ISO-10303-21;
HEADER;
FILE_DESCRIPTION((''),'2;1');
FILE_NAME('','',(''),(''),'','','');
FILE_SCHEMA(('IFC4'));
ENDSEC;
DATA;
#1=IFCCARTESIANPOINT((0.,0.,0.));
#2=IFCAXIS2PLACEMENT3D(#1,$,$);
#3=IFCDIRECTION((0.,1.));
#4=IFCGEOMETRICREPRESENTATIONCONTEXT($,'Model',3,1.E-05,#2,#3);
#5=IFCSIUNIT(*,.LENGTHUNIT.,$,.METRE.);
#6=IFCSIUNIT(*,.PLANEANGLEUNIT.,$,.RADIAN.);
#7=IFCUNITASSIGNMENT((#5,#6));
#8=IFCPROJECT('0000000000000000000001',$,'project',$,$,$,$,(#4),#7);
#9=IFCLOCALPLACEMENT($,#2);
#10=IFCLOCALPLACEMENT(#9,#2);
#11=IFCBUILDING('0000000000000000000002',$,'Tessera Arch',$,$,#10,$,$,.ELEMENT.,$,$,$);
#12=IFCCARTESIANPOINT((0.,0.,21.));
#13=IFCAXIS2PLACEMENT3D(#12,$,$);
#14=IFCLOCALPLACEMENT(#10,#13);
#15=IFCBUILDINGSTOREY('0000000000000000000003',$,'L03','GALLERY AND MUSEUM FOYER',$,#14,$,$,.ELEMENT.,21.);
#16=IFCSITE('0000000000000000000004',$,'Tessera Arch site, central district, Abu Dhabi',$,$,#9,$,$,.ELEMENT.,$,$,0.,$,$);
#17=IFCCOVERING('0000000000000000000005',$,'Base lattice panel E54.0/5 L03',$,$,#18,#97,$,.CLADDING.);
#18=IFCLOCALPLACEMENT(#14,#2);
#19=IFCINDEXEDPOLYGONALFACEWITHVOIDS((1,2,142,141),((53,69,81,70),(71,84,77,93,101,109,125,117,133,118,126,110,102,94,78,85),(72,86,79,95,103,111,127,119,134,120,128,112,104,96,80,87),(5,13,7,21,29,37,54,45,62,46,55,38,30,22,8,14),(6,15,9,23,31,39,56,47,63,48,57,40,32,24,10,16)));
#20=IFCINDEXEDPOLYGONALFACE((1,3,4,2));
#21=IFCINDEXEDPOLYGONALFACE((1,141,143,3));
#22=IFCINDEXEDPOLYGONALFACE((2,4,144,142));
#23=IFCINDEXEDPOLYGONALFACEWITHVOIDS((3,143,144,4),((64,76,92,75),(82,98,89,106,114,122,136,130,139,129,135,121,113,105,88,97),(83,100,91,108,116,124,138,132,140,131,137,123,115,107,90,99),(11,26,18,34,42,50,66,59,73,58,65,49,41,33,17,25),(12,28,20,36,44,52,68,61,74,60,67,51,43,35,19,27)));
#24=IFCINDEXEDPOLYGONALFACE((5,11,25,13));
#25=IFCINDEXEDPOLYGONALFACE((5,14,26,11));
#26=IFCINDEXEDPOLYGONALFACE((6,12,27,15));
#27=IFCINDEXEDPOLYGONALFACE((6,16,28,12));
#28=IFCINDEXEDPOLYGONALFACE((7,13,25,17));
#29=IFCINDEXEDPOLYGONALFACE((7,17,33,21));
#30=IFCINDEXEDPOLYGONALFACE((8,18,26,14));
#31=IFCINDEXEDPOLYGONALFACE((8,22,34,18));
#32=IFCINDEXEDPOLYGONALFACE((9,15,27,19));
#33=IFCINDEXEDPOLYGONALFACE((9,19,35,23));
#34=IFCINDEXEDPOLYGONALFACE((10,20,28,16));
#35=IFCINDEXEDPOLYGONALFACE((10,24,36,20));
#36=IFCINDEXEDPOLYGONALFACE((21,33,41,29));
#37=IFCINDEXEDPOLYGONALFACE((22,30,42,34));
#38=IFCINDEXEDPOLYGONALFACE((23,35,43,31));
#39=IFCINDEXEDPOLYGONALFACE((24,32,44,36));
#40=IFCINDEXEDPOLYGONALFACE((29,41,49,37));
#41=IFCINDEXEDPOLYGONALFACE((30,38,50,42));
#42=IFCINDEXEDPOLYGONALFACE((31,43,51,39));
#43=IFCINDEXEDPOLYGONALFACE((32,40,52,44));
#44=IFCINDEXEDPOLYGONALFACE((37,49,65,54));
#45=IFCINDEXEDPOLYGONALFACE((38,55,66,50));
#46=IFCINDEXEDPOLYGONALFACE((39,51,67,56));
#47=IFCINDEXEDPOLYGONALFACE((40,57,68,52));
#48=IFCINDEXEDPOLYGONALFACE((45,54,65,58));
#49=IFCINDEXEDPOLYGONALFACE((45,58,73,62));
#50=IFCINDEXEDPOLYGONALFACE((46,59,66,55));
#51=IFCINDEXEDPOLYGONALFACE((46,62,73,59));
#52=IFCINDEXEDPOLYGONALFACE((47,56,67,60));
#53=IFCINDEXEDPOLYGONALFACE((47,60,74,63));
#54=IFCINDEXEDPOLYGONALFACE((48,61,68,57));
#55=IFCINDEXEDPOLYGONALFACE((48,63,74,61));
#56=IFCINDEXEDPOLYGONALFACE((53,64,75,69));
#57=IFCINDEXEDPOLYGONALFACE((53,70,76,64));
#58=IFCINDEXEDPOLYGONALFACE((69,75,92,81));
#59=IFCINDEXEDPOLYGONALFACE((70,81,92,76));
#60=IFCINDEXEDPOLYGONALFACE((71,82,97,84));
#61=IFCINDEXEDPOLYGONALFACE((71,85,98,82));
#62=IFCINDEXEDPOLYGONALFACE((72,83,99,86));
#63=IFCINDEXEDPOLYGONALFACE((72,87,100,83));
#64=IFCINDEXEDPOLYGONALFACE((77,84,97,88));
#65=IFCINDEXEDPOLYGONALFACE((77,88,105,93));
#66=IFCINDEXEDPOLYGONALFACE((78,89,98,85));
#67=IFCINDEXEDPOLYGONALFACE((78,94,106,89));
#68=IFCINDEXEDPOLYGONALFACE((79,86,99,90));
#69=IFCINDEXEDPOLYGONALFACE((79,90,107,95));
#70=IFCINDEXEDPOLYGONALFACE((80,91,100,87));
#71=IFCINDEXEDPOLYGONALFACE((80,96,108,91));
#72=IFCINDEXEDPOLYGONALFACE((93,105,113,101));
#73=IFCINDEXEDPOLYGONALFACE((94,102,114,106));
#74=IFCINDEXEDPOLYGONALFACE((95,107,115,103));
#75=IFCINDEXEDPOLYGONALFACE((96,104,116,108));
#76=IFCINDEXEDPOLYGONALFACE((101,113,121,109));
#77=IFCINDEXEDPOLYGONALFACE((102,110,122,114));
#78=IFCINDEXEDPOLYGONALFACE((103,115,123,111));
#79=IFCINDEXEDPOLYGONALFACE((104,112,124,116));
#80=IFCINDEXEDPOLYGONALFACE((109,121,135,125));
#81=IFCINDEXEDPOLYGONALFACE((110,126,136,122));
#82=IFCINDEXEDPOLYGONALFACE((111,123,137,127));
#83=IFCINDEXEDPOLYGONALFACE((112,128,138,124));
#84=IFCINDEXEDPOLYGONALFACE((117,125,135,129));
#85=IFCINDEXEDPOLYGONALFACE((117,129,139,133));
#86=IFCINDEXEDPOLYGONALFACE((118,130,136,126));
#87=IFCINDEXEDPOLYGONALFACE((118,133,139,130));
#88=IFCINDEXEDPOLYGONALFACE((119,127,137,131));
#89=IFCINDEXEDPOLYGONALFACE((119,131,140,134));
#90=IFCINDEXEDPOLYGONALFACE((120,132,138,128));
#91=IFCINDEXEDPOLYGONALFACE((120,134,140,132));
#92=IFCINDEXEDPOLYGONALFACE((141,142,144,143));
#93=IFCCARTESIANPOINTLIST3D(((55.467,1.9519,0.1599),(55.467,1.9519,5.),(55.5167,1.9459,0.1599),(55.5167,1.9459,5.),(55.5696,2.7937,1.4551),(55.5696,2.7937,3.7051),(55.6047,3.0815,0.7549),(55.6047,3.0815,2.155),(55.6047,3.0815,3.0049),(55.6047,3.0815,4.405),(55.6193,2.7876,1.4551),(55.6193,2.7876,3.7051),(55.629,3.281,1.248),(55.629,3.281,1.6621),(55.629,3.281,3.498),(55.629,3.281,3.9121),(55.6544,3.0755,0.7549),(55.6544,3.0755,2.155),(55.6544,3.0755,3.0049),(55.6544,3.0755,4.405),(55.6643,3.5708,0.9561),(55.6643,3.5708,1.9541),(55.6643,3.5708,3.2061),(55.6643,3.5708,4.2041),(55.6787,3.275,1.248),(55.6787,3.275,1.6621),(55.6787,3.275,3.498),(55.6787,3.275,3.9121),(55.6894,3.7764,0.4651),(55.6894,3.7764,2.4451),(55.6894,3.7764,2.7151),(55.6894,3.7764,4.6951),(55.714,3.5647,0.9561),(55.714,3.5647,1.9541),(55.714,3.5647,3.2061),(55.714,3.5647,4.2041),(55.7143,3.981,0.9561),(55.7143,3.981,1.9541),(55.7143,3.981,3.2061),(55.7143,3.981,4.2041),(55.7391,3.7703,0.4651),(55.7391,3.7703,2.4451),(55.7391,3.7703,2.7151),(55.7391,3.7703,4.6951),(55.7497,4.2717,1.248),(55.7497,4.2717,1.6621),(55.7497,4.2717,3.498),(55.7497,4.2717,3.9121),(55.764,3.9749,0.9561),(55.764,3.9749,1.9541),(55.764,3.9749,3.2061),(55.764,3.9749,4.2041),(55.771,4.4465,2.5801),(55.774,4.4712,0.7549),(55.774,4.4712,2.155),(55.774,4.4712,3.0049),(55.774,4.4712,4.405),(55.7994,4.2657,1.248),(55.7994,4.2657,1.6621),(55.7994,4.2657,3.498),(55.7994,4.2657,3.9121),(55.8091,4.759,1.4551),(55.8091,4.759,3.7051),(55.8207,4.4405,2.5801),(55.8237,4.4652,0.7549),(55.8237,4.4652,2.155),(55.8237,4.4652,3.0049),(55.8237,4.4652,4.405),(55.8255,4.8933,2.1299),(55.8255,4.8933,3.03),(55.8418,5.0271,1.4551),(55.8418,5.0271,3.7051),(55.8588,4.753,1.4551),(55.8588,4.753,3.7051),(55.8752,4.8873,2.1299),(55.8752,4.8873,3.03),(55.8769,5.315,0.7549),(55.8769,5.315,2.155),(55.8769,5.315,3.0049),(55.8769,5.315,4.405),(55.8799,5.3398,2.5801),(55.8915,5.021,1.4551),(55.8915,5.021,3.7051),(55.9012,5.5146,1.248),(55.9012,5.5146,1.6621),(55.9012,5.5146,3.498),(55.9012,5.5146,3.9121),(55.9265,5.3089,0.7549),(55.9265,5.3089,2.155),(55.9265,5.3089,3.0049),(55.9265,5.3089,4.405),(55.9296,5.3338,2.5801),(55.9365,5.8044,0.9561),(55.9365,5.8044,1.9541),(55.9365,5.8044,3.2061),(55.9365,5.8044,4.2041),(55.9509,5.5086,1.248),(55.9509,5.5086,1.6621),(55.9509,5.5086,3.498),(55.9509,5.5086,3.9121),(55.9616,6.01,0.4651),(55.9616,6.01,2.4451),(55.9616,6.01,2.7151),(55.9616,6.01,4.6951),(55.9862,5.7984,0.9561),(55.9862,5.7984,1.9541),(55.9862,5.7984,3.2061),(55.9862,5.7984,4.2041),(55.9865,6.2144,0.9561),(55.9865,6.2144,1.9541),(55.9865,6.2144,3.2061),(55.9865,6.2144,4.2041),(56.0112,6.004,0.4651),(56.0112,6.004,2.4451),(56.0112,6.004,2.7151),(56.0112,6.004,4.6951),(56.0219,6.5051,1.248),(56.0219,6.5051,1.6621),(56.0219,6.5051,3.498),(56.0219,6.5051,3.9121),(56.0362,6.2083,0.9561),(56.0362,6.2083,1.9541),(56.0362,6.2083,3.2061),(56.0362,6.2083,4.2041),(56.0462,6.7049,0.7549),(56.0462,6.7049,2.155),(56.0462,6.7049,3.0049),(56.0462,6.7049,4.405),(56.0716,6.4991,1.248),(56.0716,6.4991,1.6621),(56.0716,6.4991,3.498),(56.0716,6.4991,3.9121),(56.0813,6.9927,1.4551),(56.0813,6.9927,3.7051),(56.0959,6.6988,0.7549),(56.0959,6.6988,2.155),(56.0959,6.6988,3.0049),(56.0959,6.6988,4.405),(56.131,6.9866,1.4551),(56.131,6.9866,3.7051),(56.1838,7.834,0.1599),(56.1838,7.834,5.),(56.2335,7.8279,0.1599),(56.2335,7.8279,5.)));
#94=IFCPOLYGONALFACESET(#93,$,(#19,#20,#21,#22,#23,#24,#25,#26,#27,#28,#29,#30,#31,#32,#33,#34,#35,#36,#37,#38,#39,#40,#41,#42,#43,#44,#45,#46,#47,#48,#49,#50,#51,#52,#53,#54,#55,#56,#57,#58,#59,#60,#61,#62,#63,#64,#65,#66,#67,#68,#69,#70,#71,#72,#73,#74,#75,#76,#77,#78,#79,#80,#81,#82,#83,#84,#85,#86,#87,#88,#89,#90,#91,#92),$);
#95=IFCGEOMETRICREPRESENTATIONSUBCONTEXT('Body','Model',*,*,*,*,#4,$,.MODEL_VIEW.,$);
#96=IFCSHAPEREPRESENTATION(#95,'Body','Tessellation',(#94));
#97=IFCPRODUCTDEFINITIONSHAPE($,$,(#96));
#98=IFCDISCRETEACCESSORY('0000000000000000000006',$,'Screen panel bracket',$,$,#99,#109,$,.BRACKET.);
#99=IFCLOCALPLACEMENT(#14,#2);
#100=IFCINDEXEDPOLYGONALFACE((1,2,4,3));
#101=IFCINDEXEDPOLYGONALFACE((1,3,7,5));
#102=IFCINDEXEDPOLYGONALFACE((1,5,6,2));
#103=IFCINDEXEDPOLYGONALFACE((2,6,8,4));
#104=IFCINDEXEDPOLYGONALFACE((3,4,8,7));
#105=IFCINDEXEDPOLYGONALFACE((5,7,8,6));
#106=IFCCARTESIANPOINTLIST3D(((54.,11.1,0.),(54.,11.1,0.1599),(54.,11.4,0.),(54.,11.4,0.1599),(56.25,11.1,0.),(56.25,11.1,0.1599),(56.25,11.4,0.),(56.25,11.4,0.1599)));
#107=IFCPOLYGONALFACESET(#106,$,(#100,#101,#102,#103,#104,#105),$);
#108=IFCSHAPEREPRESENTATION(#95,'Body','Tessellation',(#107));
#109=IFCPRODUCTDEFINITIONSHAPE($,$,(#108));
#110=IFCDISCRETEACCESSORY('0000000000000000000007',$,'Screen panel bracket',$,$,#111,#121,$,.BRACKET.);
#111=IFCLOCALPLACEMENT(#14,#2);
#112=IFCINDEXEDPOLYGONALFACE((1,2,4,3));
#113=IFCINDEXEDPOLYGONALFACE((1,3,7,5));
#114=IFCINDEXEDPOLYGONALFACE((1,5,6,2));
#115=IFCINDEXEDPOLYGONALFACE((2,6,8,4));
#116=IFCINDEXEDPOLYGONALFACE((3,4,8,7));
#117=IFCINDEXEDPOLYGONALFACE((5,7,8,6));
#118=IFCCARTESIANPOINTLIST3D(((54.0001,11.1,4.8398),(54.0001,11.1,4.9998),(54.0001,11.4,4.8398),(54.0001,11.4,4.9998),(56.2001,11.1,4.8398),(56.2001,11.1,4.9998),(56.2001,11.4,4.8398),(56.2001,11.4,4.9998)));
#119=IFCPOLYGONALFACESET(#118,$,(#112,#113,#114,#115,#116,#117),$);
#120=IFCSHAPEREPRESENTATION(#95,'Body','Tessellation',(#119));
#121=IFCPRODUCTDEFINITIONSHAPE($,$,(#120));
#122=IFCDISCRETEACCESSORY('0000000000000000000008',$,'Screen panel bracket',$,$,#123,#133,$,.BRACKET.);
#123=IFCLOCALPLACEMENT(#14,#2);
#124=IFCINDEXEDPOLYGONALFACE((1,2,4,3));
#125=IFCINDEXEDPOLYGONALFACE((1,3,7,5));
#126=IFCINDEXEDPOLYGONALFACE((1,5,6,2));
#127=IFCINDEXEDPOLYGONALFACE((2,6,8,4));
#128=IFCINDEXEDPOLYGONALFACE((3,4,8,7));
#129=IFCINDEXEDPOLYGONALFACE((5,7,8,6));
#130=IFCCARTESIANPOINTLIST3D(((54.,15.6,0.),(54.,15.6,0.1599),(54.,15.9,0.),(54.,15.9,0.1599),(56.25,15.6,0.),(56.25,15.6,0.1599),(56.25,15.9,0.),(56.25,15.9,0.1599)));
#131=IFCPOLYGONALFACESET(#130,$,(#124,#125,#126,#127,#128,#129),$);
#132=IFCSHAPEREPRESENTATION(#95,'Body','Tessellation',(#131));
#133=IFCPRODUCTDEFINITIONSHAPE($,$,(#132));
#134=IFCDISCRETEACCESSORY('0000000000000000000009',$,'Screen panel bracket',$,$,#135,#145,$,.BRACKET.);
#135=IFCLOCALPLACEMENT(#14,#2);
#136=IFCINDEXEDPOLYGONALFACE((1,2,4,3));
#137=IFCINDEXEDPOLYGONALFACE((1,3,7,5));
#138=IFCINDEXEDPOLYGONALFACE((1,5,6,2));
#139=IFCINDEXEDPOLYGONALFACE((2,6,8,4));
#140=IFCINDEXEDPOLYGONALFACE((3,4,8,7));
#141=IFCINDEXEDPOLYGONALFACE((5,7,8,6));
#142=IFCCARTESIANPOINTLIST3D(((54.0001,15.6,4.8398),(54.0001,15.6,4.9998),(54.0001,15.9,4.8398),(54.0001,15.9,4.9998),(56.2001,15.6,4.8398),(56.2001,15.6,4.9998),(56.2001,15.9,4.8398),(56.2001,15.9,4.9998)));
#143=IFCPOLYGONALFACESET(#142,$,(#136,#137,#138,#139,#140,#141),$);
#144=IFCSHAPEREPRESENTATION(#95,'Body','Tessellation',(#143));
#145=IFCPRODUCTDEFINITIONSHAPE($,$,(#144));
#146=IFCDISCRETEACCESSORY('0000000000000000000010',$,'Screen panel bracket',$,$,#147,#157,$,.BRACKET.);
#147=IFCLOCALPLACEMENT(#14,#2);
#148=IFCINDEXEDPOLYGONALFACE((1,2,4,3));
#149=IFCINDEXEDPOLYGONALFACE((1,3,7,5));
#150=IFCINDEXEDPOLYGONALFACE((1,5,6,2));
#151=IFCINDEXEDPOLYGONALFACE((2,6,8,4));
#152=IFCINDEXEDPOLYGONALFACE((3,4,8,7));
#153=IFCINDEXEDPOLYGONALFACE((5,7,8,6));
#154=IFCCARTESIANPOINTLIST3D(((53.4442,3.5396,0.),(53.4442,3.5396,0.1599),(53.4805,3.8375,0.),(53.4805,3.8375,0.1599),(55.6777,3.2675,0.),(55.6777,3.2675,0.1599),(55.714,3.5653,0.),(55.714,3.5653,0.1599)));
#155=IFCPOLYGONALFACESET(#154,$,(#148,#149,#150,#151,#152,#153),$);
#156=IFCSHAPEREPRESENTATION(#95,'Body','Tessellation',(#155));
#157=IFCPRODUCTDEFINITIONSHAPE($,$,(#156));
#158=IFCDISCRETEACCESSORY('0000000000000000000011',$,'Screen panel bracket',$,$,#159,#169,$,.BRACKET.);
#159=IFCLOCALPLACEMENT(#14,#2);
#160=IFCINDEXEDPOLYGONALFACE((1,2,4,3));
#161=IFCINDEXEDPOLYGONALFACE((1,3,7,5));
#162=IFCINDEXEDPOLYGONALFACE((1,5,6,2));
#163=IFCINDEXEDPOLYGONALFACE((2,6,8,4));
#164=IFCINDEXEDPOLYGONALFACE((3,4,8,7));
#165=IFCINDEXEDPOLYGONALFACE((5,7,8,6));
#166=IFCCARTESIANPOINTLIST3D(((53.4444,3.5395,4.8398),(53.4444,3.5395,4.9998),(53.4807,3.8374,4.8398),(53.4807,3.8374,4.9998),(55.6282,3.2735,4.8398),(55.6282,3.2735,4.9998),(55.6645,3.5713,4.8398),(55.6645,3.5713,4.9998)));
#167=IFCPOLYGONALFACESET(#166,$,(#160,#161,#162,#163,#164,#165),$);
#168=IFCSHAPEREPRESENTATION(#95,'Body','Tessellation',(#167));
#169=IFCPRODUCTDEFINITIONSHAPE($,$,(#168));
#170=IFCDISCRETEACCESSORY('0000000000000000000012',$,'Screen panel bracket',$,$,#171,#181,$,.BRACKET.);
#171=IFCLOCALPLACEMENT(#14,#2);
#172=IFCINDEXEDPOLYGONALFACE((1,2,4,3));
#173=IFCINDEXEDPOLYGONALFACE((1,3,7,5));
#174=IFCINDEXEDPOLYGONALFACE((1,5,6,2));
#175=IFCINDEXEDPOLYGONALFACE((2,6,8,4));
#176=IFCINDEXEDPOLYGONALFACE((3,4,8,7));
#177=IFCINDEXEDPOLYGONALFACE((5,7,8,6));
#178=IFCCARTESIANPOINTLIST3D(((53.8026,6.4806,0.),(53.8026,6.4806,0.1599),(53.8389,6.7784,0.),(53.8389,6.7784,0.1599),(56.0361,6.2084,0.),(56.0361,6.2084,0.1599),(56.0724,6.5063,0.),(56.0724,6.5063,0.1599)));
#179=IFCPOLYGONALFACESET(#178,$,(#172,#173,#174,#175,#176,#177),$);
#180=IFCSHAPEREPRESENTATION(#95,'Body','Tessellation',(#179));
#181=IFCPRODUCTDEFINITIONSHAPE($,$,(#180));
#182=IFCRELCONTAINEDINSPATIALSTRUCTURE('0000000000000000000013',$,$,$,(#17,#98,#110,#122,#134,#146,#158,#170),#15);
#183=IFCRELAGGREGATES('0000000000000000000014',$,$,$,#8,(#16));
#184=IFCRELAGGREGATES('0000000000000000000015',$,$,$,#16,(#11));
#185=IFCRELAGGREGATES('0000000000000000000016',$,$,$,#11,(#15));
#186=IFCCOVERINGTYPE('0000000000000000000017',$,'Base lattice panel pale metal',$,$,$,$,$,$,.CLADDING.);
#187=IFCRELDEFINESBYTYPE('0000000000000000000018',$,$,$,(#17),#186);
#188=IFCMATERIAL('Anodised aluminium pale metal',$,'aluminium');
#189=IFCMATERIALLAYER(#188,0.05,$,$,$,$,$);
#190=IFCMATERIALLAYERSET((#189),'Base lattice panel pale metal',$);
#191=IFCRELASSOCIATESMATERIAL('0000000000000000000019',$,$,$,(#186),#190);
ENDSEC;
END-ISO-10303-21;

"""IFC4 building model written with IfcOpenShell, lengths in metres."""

from ifc_helpers import new_model, si_unit, direction, frame, origin, origin_2d, place, context, subcontext, project, spatial, polyline, rectangle, outline, extrude, material, layer, layer_set, type_object, element, save


model = new_model("IFC4")

# Units and contexts
model_context = context("Model", 3, precision=1e-05, world=origin(), true_north=direction((0.0, 1.0)))
body_context = subcontext(model_context, "Body", "Model", "MODEL_VIEW")
ifc_project = project(units=[si_unit("LENGTHUNIT", "METRE"), si_unit("PLANEANGLEUNIT", "RADIAN")], contexts=[model_context])

# Site, building, storey
site_placement = place(None, origin())
site = spatial("IfcSite", under=ifc_project, at=site_placement, Name="Tessera Arch site, central district, Abu Dhabi", CompositionType="ELEMENT", RefElevation=0.0)
building_placement = place(site_placement, origin())
building = spatial("IfcBuilding", under=site, at=building_placement, Name="Tessera Arch", CompositionType="ELEMENT")
storey_placement = place(building_placement, frame((0.0, 0.0, 21.0)))
storey = spatial("IfcBuildingStorey", under=building, at=storey_placement, Name="L03", Description="GALLERY AND MUSEUM FOYER", CompositionType="ELEMENT", Elevation=21.0)

# Covering
ifc_material_1 = material(Name="Anodised aluminium pale metal", Category="aluminium")
ifc_layer_1 = layer(ifc_material_1, 0.05)
ifc_layer_set_1 = layer_set([ifc_layer_1], Name="Base lattice panel pale metal")
covering_type = type_object("IfcCoveringType", Name="Base lattice panel pale metal", PredefinedType="CLADDING", material=ifc_layer_set_1)
covering_1_placement = place(storey_placement, frame((55.467, 1.9519, 5.0), z_axis=(-0.992657, 0.120966, 0.0), x_axis=(0.120966, 0.992657, 0.0)))
element("IfcCovering", 1, at=covering_1_placement, inside=storey, type_object=covering_type, Name="Base lattice panel E54.0/5 L03", PredefinedType="CLADDING", context=body_context, shape_type="SweptSolid", body=[
    extrude(outline(polyline([(0.0, 0.0), (5.9256, 0.0), (5.9256, 4.8401), (0.0, 4.8401), (0.0, 0.0)]), holes=[polyline([(2.8279, 3.5449), (2.337, 3.3379), (2.5379, 2.845), (2.0441, 3.0459), (1.838, 2.5549), (1.6309, 3.0459), (1.138, 2.845), (1.339, 3.3379), (0.848, 3.5449), (1.339, 3.752), (1.138, 4.2451), (1.6309, 4.0439), (1.838, 4.5349), (2.0441, 4.0439), (2.5379, 4.2451), (2.337, 3.752), (2.8279, 3.5449)]), polyline([(2.8279, 1.2949), (2.337, 1.0879), (2.5379, 0.595), (2.0441, 0.7959), (1.838, 0.3049), (1.6309, 0.7959), (1.138, 0.595), (1.339, 1.0879), (0.848, 1.2949), (1.339, 1.502), (1.138, 1.9951), (1.6309, 1.7939), (1.838, 2.2849), (2.0441, 1.7939), (2.5379, 1.9951), (2.337, 1.502), (2.8279, 1.2949)]), polyline([(5.0781, 3.5449), (4.5869, 3.3379), (4.7881, 2.845), (4.294, 3.0459), (4.0881, 2.5549), (3.881, 3.0459), (3.3879, 2.845), (3.5891, 3.3379), (3.0979, 3.5449), (3.5891, 3.752), (3.3879, 4.2451), (3.881, 4.0439), (4.0881, 4.5349), (4.294, 4.0439), (4.7881, 4.2451), (4.5869, 3.752), (5.0781, 3.5449)]), polyline([(5.0781, 1.2949), (4.5869, 1.0879), (4.7881, 0.595), (4.294, 0.7959), (4.0881, 0.3049), (3.881, 0.7959), (3.3879, 0.595), (3.5891, 1.0879), (3.0979, 1.2949), (3.5891, 1.502), (3.3879, 1.9951), (3.881, 1.7939), (4.0881, 2.2849), (4.294, 1.7939), (4.7881, 1.9951), (4.5869, 1.502), (5.0781, 1.2949)]), polyline([(3.413, 2.4199), (2.9632, 1.97), (2.5131, 2.4199), (2.9632, 2.8701), (3.413, 2.4199)])]), origin(), (0.0, 0.0, -1.0), 0.05),
])

# Discrete accessories
discrete_accessory_1_placement = place(storey_placement, frame((55.125, 11.25, 0.0), z_axis=(0.0, 0.0, 1.0), x_axis=(1.0, 0.0, 0.0)))
element("IfcDiscreteAccessory", 2, at=discrete_accessory_1_placement, inside=storey, Name="Screen panel bracket", PredefinedType="BRACKET", context=body_context, shape_type="SweptSolid", body=[
    extrude(rectangle(XDim=2.25, YDim=0.3, at=origin_2d()), origin(), (0.0, 0.0, 1.0), 0.1599),
])
discrete_accessory_2_placement = place(storey_placement, frame((55.1001, 11.25, 4.8398), z_axis=(0.0, 0.0, 1.0), x_axis=(1.0, 0.0, 0.0)))
element("IfcDiscreteAccessory", 3, at=discrete_accessory_2_placement, inside=storey, Name="Screen panel bracket", PredefinedType="BRACKET", context=body_context, shape_type="SweptSolid", body=[
    extrude(rectangle(XDim=2.2, YDim=0.3, at=origin_2d()), origin(), (0.0, 0.0, 1.0), 0.1599),
])
discrete_accessory_3_placement = place(storey_placement, frame((55.125, 15.75, 0.0), z_axis=(0.0, 0.0, 1.0), x_axis=(1.0, 0.0, 0.0)))
element("IfcDiscreteAccessory", 4, at=discrete_accessory_3_placement, inside=storey, Name="Screen panel bracket", PredefinedType="BRACKET", context=body_context, shape_type="SweptSolid", body=[
    extrude(rectangle(XDim=2.25, YDim=0.3, at=origin_2d()), origin(), (0.0, 0.0, 1.0), 0.1599),
])
discrete_accessory_4_placement = place(storey_placement, frame((55.1001, 15.75, 4.8398), z_axis=(0.0, 0.0, 1.0), x_axis=(1.0, 0.0, 0.0)))
element("IfcDiscreteAccessory", 5, at=discrete_accessory_4_placement, inside=storey, Name="Screen panel bracket", PredefinedType="BRACKET", context=body_context, shape_type="SweptSolid", body=[
    extrude(rectangle(XDim=2.2, YDim=0.3, at=origin_2d()), origin(), (0.0, 0.0, 1.0), 0.1599),
])
discrete_accessory_5_placement = place(storey_placement, frame((54.5791, 3.5525, 0.0), z_axis=(0.0, 0.0, 1.0), x_axis=(0.992658, -0.120951, 0.0)))
element("IfcDiscreteAccessory", 6, at=discrete_accessory_5_placement, inside=storey, Name="Screen panel bracket", PredefinedType="BRACKET", context=body_context, shape_type="SweptSolid", body=[
    extrude(rectangle(XDim=2.25, YDim=0.3, at=origin_2d()), origin(), (0.0, 0.0, 1.0), 0.1599),
])
discrete_accessory_6_placement = place(storey_placement, frame((54.5544, 3.5554, 4.8398), z_axis=(0.0, 0.0, 1.0), x_axis=(0.992658, -0.120951, 0.0)))
element("IfcDiscreteAccessory", 7, at=discrete_accessory_6_placement, inside=storey, Name="Screen panel bracket", PredefinedType="BRACKET", context=body_context, shape_type="SweptSolid", body=[
    extrude(rectangle(XDim=2.2, YDim=0.3, at=origin_2d()), origin(), (0.0, 0.0, 1.0), 0.1599),
])
discrete_accessory_7_placement = place(storey_placement, frame((54.9375, 6.4934, 0.0), z_axis=(0.0, 0.0, 1.0), x_axis=(0.992658, -0.120951, 0.0)))
element("IfcDiscreteAccessory", 8, at=discrete_accessory_7_placement, inside=storey, Name="Screen panel bracket", PredefinedType="BRACKET", context=body_context, shape_type="SweptSolid", body=[
    extrude(rectangle(XDim=2.25, YDim=0.3, at=origin_2d()), origin(), (0.0, 0.0, 1.0), 0.1599),
])

save(model, "model.ifc")
